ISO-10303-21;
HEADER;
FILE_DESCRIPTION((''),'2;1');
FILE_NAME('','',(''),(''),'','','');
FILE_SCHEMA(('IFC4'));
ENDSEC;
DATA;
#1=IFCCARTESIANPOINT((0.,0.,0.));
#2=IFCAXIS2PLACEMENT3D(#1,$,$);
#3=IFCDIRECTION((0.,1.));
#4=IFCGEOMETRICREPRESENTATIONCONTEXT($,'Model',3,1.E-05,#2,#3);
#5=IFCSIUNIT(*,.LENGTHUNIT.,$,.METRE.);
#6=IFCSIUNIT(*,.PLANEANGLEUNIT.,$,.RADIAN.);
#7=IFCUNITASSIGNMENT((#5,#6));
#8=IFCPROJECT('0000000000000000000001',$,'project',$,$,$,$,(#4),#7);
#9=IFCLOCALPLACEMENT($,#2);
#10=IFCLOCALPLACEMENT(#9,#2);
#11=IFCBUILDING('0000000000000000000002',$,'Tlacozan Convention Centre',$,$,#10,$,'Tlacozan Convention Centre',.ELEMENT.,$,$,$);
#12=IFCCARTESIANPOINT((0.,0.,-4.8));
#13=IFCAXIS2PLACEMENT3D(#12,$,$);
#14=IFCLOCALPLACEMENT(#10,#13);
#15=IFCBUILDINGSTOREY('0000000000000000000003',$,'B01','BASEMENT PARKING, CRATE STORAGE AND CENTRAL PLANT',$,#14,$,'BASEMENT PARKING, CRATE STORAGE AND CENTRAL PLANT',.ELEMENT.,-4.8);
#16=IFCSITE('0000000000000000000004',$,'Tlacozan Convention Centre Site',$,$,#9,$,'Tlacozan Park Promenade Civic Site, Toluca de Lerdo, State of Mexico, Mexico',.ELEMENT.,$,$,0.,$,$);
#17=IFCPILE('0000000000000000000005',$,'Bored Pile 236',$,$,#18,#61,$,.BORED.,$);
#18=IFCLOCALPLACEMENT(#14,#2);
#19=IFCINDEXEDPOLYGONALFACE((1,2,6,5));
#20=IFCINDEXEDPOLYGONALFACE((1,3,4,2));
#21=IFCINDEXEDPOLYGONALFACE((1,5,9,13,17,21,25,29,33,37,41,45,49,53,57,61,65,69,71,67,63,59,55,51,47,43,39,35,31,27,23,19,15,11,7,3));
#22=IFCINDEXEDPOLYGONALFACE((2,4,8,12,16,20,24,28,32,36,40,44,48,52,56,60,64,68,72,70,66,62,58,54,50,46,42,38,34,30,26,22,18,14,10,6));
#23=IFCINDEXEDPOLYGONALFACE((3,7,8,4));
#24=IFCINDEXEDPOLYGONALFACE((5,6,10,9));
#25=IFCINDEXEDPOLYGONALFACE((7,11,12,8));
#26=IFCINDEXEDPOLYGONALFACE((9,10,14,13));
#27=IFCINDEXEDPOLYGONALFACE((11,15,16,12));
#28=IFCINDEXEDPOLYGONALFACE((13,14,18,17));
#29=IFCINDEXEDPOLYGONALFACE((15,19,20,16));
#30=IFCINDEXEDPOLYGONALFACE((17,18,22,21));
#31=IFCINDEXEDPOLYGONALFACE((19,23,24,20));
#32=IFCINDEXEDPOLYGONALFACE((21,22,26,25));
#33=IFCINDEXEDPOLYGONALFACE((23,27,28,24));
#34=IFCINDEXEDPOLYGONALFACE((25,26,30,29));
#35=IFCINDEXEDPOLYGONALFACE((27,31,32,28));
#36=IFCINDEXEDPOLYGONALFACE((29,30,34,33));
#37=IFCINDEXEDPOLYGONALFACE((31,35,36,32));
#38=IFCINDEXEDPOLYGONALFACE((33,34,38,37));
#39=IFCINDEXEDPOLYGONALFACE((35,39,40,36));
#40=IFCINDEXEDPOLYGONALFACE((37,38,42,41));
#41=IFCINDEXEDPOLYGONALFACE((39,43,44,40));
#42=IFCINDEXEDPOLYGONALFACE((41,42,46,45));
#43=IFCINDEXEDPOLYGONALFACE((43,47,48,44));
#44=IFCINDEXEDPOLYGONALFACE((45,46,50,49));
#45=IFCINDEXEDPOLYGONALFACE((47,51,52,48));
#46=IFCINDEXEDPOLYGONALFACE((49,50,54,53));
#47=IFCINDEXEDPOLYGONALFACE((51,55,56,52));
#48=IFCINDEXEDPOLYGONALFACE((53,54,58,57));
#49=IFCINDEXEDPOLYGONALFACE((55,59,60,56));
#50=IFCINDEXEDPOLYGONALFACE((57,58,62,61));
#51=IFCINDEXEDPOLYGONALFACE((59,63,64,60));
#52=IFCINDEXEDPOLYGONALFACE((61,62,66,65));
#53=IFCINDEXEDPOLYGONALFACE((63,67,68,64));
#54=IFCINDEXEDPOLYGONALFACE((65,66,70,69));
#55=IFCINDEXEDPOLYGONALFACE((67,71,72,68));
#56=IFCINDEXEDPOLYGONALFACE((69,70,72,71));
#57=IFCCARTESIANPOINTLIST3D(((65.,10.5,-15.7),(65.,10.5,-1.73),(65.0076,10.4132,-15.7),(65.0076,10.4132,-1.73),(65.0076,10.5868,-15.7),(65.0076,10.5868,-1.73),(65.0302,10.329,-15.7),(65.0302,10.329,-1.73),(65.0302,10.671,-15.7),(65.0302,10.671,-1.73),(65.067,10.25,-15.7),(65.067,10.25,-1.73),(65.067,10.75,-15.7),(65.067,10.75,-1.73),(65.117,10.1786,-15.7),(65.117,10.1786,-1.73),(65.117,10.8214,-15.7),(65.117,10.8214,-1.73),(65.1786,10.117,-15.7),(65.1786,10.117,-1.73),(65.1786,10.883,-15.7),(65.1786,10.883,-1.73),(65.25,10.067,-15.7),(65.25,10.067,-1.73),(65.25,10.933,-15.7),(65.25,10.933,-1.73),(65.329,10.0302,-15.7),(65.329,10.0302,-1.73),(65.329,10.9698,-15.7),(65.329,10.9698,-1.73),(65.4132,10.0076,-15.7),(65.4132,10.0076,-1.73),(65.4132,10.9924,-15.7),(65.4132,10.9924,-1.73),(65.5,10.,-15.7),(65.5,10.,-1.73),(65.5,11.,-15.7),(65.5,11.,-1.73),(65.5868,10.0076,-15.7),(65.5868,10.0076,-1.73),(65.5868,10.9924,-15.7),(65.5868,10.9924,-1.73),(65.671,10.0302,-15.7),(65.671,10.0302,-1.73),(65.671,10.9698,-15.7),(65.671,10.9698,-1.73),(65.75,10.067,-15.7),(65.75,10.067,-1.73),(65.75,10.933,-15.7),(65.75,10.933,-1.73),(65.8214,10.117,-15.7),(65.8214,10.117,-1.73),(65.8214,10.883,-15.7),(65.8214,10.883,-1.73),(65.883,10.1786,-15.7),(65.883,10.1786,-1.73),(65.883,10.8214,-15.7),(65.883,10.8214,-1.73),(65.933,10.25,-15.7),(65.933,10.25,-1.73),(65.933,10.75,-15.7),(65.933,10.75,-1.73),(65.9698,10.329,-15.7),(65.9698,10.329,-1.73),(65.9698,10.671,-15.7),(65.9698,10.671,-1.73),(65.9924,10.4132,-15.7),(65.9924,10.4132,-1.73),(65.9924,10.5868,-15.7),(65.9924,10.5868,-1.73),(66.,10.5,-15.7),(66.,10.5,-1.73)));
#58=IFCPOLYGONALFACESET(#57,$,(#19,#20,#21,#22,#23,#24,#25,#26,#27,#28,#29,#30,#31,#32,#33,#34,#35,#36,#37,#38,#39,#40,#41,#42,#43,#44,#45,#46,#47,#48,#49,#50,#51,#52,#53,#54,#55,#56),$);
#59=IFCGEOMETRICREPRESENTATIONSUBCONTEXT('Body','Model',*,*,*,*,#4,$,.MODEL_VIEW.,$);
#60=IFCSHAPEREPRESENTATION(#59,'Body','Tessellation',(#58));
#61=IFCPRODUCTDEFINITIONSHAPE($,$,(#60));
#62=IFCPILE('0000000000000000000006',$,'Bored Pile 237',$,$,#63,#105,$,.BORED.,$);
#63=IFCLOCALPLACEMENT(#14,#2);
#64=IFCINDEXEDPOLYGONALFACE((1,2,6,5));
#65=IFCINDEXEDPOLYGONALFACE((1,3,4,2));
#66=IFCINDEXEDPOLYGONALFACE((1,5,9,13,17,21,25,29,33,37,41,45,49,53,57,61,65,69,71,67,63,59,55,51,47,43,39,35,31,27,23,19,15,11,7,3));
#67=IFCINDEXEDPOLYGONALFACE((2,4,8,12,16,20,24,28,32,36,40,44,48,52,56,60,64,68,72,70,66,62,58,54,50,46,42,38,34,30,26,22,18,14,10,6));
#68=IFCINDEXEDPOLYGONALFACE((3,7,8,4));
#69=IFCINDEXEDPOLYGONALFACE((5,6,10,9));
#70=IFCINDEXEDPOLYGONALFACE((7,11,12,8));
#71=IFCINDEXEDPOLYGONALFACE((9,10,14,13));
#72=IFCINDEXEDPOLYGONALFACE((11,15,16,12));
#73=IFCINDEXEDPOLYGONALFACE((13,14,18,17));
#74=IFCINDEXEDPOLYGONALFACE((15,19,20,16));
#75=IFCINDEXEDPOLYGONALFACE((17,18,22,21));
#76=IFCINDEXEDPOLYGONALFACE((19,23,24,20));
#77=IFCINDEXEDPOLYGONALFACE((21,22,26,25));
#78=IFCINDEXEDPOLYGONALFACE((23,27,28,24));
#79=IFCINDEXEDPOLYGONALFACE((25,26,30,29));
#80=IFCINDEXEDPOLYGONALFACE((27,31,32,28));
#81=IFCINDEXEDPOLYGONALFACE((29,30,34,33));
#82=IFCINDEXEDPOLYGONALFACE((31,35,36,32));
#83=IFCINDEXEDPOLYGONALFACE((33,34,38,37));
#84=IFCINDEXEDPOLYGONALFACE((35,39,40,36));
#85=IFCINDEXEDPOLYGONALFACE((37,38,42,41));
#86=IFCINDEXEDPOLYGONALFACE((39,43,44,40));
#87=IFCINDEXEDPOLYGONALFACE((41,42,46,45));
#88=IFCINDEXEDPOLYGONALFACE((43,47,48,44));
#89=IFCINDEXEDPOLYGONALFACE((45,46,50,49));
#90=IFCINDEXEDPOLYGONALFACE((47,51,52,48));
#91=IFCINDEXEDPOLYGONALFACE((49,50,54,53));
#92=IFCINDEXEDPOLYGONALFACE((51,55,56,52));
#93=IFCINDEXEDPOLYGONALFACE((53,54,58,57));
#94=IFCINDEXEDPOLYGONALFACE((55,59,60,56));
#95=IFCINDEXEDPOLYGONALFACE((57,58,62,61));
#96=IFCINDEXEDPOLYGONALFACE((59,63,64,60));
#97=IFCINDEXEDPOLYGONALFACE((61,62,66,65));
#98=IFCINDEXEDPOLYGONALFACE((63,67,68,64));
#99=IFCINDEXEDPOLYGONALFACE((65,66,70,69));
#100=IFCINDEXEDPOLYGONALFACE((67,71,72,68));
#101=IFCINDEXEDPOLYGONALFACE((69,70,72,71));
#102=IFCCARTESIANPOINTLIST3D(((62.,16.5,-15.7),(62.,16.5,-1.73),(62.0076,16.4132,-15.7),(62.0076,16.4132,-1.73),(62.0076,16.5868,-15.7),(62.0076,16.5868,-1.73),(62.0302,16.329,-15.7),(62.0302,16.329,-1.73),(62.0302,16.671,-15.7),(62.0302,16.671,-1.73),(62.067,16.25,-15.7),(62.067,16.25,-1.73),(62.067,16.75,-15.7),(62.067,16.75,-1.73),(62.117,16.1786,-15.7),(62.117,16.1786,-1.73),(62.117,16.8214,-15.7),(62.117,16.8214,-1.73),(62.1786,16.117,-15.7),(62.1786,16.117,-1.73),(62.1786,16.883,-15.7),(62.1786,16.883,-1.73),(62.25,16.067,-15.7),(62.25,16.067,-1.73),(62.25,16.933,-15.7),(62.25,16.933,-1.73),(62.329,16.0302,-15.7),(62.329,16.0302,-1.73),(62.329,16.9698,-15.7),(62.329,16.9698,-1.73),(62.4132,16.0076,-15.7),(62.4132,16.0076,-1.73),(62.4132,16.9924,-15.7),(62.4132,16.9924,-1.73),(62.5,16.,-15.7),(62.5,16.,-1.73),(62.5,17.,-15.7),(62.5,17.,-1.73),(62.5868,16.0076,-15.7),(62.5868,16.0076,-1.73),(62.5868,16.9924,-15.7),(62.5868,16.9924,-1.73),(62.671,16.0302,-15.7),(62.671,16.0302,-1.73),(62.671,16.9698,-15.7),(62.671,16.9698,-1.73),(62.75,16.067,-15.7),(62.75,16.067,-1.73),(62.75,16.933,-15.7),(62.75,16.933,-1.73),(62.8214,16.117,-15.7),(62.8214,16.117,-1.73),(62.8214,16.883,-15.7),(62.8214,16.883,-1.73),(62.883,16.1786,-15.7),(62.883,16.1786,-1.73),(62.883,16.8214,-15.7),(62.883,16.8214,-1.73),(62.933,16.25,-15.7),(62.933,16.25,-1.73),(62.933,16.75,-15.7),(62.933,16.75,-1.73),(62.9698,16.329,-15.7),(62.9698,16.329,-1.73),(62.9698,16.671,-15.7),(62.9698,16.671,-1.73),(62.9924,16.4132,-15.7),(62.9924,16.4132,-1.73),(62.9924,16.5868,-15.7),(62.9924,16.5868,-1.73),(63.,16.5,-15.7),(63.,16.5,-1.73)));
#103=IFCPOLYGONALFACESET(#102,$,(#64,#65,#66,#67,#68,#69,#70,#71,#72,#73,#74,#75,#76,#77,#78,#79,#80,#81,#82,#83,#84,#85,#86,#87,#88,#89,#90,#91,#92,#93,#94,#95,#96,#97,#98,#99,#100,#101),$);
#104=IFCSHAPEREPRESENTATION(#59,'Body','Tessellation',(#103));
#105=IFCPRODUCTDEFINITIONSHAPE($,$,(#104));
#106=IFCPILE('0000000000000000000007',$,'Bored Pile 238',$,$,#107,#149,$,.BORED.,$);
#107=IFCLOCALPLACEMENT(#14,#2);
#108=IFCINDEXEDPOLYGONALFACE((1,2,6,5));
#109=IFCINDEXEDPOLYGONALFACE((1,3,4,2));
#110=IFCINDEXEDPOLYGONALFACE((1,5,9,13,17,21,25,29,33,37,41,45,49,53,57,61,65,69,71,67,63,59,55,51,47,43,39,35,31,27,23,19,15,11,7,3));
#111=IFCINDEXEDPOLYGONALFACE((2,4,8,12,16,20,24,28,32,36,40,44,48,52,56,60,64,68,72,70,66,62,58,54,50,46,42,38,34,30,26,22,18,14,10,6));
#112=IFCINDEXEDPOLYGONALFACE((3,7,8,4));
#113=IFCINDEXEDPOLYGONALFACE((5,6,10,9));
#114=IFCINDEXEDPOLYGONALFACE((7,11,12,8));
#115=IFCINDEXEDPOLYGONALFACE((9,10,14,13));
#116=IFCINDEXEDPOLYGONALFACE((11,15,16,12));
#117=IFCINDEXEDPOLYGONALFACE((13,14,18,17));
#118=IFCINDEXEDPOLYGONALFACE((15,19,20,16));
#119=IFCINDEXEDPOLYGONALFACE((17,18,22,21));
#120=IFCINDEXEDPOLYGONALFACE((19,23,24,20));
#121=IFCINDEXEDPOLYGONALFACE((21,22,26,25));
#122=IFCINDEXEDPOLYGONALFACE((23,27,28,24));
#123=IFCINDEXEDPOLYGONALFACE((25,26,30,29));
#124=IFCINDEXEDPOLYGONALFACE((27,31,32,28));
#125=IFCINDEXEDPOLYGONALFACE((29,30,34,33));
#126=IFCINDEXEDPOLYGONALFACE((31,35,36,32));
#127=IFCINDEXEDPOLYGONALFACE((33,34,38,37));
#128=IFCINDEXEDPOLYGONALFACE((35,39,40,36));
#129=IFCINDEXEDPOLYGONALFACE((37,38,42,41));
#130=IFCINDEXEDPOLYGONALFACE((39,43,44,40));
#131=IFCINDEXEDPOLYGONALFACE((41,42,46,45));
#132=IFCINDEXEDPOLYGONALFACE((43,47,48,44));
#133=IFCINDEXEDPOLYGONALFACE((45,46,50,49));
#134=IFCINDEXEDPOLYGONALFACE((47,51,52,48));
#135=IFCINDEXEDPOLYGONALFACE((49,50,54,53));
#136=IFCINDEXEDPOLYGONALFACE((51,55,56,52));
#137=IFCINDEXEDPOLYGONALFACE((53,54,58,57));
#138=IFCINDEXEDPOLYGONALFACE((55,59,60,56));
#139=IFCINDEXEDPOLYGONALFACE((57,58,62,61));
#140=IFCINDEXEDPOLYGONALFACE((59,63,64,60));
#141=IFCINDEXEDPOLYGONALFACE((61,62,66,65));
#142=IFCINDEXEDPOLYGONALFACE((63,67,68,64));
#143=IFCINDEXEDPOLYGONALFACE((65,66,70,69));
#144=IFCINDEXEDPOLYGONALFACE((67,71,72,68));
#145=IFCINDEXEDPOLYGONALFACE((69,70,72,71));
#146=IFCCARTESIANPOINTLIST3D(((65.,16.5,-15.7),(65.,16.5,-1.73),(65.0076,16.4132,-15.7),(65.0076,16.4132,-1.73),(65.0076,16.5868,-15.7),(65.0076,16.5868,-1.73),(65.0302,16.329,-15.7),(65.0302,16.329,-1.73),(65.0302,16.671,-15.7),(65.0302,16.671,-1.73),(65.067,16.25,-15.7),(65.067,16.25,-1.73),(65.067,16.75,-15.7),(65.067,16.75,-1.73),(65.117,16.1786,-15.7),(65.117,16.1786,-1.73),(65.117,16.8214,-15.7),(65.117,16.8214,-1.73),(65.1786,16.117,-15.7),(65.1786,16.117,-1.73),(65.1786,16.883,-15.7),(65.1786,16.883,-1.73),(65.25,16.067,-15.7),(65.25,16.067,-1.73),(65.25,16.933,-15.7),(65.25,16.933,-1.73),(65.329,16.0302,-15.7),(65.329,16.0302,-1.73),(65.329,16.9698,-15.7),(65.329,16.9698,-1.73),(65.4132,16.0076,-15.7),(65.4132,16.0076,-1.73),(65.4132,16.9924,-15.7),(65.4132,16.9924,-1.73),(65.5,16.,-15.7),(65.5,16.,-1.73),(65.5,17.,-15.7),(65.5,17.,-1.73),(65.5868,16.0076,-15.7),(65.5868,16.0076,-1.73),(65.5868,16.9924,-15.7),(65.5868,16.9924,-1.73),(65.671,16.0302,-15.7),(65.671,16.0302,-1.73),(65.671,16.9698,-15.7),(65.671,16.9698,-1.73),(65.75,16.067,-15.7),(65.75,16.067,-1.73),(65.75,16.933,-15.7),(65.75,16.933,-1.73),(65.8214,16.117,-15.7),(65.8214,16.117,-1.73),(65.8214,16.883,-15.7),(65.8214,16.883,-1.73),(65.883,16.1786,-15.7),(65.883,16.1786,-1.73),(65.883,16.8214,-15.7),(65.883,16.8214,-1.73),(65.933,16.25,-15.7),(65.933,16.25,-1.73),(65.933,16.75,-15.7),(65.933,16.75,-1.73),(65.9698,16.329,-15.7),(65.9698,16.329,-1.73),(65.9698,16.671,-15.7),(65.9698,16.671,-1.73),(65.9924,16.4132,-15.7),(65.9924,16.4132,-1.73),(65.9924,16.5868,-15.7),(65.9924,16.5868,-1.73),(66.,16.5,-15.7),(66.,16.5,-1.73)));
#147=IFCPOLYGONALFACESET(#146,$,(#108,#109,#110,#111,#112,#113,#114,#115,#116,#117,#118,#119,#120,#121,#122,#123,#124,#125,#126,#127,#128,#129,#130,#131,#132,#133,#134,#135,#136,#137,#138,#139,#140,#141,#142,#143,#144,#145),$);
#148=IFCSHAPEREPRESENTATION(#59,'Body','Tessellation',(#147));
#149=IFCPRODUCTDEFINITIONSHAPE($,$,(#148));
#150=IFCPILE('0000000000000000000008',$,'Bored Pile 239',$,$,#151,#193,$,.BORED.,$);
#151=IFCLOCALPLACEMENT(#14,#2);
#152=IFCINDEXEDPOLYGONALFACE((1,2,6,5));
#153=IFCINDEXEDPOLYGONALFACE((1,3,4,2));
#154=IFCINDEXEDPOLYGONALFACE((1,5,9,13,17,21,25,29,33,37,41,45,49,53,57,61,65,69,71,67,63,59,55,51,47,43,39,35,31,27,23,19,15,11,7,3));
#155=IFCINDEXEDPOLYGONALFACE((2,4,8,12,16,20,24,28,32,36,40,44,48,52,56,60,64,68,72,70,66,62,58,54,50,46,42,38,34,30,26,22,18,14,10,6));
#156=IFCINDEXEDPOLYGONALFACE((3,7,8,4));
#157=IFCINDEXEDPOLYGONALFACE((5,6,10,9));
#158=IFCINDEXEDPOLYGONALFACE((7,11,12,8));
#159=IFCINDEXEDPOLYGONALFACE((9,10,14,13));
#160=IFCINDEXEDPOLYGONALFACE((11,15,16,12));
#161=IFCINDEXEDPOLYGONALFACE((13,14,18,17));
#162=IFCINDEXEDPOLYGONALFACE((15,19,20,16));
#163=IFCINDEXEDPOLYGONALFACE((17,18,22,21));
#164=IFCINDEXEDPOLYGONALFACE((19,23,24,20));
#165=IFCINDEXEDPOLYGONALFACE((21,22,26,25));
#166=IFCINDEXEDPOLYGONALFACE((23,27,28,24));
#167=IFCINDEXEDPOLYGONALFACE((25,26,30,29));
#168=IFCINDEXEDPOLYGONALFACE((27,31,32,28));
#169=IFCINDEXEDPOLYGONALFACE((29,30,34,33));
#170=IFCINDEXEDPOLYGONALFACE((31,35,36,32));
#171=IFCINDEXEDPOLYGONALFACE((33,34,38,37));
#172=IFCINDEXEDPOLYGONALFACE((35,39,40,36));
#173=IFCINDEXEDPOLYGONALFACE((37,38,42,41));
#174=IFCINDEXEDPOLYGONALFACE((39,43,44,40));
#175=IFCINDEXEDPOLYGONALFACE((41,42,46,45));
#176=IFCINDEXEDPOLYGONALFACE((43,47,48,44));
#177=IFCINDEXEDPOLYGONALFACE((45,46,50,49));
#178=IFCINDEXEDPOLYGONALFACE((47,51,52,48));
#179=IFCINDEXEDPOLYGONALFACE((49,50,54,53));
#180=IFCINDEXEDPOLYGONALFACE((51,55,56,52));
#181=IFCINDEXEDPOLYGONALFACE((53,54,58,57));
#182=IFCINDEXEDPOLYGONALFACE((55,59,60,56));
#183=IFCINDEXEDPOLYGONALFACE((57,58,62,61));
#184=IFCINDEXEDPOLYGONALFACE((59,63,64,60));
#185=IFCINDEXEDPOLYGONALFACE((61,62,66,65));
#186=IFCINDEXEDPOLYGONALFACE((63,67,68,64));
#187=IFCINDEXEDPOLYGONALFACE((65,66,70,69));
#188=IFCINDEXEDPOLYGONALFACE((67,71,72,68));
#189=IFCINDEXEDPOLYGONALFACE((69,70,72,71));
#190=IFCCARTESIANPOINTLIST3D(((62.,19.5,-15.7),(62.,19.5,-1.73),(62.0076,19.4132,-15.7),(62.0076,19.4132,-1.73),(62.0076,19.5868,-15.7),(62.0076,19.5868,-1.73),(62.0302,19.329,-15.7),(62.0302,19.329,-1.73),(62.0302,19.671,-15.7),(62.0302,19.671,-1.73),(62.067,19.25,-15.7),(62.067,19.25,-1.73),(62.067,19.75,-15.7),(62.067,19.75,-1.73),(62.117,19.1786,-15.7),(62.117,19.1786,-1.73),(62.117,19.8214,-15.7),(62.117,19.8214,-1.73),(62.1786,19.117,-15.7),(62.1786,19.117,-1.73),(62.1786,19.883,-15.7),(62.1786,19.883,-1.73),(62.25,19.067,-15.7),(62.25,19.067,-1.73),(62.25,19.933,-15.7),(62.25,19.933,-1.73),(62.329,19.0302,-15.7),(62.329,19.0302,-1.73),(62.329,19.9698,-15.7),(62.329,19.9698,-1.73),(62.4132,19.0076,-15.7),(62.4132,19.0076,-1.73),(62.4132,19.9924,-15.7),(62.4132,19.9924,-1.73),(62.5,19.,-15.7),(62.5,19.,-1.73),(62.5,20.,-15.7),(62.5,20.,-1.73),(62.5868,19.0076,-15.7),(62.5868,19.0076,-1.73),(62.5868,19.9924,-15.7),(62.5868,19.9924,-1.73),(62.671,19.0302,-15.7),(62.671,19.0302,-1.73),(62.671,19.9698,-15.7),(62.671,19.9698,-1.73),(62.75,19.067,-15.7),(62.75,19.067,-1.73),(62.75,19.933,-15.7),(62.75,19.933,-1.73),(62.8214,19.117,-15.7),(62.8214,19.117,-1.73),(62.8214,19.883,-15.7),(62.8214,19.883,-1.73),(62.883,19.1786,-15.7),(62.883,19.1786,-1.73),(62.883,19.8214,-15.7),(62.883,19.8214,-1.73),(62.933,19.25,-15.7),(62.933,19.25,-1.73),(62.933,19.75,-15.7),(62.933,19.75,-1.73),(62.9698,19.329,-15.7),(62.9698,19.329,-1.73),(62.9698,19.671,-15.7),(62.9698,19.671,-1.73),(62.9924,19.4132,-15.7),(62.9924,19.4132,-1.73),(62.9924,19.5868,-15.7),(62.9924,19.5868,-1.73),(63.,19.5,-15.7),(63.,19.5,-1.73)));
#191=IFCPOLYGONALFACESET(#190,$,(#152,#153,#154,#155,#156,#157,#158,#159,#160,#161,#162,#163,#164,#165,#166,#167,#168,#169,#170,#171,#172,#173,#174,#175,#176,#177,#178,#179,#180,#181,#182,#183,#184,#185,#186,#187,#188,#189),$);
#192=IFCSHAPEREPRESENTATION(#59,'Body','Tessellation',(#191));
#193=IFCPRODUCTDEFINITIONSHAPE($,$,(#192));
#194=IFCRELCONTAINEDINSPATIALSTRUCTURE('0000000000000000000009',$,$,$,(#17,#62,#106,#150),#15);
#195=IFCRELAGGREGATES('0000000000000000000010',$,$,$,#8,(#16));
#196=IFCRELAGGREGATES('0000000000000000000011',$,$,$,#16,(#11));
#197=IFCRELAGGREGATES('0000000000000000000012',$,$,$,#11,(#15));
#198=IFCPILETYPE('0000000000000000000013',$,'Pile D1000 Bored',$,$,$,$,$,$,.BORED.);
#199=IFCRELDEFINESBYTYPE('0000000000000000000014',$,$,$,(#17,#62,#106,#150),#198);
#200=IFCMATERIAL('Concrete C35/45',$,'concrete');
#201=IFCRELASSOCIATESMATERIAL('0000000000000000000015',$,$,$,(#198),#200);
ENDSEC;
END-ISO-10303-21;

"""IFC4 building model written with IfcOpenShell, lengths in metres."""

from ifc_helpers import new_model, si_unit, direction, frame, origin, origin_2d, place, context, subcontext, project, spatial, circle, extrude, material, material_profile, profile_set, type_object, element, save


model = new_model("IFC4")

# Units and contexts
model_context = context("Model", 3, precision=1e-05, world=origin(), true_north=direction((0.0, 1.0)))
body_context = subcontext(model_context, "Body", "Model", "MODEL_VIEW")
ifc_project = project(units=[si_unit("LENGTHUNIT", "METRE"), si_unit("PLANEANGLEUNIT", "RADIAN")], contexts=[model_context])

# Site, building, storey
site_placement = place(None, origin())
site = spatial("IfcSite", under=ifc_project, at=site_placement, Name="Tlacozan Convention Centre Site", LongName="Tlacozan Park Promenade Civic Site, Toluca de Lerdo, State of Mexico, Mexico", CompositionType="ELEMENT", RefElevation=0.0)
building_placement = place(site_placement, origin())
building = spatial("IfcBuilding", under=site, at=building_placement, Name="Tlacozan Convention Centre", LongName="Tlacozan Convention Centre", CompositionType="ELEMENT")
storey_placement = place(building_placement, frame((0.0, 0.0, -4.8)))
storey = spatial("IfcBuildingStorey", under=building, at=storey_placement, Name="B01", Description="BASEMENT PARKING, CRATE STORAGE AND CENTRAL PLANT", LongName="BASEMENT PARKING, CRATE STORAGE AND CENTRAL PLANT", CompositionType="ELEMENT", Elevation=-4.8)

# Shared definitions
ifc_material_1 = material(Name="Concrete C35/45", Category="concrete")

# Piles
ifc_material_profile_1 = material_profile(ifc_material_1, circle(Radius=0.5, at=origin_2d()), Name="PILE D1000")
ifc_profile_set_1 = profile_set([ifc_material_profile_1], Name="Concrete C35/45")
pile_type = type_object("IfcPileType", Name="Pile D1000 Bored", PredefinedType="BORED", material=ifc_profile_set_1)
for number, where, z_axis, x_axis, name in (
    (1, (65.5, 10.5, -1.73), (0.0, 0.0, -1.0), (1.0, 0.0, 0.0), "Bored Pile 236"),
    (2, (62.5, 16.5, -1.73), (0.0, 0.0, -1.0), (1.0, 0.0, 0.0), "Bored Pile 237"),
    (3, (65.5, 16.5, -1.73), (0.0, 0.0, -1.0), (1.0, 0.0, 0.0), "Bored Pile 238"),
    (4, (62.5, 19.5, -1.73), (0.0, 0.0, -1.0), (1.0, 0.0, 0.0), "Bored Pile 239"),
):
    element("IfcPile", number, at=place(storey_placement, frame(where, z_axis=z_axis, x_axis=x_axis)), inside=storey, type_object=pile_type, Name=name, PredefinedType="BORED", context=body_context, shape_type="SweptSolid", body=[
        extrude(circle(Radius=0.5, at=origin_2d()), origin(), (0.0, 0.0, 1.0), 13.97),
    ])

save(model, "model.ifc")
